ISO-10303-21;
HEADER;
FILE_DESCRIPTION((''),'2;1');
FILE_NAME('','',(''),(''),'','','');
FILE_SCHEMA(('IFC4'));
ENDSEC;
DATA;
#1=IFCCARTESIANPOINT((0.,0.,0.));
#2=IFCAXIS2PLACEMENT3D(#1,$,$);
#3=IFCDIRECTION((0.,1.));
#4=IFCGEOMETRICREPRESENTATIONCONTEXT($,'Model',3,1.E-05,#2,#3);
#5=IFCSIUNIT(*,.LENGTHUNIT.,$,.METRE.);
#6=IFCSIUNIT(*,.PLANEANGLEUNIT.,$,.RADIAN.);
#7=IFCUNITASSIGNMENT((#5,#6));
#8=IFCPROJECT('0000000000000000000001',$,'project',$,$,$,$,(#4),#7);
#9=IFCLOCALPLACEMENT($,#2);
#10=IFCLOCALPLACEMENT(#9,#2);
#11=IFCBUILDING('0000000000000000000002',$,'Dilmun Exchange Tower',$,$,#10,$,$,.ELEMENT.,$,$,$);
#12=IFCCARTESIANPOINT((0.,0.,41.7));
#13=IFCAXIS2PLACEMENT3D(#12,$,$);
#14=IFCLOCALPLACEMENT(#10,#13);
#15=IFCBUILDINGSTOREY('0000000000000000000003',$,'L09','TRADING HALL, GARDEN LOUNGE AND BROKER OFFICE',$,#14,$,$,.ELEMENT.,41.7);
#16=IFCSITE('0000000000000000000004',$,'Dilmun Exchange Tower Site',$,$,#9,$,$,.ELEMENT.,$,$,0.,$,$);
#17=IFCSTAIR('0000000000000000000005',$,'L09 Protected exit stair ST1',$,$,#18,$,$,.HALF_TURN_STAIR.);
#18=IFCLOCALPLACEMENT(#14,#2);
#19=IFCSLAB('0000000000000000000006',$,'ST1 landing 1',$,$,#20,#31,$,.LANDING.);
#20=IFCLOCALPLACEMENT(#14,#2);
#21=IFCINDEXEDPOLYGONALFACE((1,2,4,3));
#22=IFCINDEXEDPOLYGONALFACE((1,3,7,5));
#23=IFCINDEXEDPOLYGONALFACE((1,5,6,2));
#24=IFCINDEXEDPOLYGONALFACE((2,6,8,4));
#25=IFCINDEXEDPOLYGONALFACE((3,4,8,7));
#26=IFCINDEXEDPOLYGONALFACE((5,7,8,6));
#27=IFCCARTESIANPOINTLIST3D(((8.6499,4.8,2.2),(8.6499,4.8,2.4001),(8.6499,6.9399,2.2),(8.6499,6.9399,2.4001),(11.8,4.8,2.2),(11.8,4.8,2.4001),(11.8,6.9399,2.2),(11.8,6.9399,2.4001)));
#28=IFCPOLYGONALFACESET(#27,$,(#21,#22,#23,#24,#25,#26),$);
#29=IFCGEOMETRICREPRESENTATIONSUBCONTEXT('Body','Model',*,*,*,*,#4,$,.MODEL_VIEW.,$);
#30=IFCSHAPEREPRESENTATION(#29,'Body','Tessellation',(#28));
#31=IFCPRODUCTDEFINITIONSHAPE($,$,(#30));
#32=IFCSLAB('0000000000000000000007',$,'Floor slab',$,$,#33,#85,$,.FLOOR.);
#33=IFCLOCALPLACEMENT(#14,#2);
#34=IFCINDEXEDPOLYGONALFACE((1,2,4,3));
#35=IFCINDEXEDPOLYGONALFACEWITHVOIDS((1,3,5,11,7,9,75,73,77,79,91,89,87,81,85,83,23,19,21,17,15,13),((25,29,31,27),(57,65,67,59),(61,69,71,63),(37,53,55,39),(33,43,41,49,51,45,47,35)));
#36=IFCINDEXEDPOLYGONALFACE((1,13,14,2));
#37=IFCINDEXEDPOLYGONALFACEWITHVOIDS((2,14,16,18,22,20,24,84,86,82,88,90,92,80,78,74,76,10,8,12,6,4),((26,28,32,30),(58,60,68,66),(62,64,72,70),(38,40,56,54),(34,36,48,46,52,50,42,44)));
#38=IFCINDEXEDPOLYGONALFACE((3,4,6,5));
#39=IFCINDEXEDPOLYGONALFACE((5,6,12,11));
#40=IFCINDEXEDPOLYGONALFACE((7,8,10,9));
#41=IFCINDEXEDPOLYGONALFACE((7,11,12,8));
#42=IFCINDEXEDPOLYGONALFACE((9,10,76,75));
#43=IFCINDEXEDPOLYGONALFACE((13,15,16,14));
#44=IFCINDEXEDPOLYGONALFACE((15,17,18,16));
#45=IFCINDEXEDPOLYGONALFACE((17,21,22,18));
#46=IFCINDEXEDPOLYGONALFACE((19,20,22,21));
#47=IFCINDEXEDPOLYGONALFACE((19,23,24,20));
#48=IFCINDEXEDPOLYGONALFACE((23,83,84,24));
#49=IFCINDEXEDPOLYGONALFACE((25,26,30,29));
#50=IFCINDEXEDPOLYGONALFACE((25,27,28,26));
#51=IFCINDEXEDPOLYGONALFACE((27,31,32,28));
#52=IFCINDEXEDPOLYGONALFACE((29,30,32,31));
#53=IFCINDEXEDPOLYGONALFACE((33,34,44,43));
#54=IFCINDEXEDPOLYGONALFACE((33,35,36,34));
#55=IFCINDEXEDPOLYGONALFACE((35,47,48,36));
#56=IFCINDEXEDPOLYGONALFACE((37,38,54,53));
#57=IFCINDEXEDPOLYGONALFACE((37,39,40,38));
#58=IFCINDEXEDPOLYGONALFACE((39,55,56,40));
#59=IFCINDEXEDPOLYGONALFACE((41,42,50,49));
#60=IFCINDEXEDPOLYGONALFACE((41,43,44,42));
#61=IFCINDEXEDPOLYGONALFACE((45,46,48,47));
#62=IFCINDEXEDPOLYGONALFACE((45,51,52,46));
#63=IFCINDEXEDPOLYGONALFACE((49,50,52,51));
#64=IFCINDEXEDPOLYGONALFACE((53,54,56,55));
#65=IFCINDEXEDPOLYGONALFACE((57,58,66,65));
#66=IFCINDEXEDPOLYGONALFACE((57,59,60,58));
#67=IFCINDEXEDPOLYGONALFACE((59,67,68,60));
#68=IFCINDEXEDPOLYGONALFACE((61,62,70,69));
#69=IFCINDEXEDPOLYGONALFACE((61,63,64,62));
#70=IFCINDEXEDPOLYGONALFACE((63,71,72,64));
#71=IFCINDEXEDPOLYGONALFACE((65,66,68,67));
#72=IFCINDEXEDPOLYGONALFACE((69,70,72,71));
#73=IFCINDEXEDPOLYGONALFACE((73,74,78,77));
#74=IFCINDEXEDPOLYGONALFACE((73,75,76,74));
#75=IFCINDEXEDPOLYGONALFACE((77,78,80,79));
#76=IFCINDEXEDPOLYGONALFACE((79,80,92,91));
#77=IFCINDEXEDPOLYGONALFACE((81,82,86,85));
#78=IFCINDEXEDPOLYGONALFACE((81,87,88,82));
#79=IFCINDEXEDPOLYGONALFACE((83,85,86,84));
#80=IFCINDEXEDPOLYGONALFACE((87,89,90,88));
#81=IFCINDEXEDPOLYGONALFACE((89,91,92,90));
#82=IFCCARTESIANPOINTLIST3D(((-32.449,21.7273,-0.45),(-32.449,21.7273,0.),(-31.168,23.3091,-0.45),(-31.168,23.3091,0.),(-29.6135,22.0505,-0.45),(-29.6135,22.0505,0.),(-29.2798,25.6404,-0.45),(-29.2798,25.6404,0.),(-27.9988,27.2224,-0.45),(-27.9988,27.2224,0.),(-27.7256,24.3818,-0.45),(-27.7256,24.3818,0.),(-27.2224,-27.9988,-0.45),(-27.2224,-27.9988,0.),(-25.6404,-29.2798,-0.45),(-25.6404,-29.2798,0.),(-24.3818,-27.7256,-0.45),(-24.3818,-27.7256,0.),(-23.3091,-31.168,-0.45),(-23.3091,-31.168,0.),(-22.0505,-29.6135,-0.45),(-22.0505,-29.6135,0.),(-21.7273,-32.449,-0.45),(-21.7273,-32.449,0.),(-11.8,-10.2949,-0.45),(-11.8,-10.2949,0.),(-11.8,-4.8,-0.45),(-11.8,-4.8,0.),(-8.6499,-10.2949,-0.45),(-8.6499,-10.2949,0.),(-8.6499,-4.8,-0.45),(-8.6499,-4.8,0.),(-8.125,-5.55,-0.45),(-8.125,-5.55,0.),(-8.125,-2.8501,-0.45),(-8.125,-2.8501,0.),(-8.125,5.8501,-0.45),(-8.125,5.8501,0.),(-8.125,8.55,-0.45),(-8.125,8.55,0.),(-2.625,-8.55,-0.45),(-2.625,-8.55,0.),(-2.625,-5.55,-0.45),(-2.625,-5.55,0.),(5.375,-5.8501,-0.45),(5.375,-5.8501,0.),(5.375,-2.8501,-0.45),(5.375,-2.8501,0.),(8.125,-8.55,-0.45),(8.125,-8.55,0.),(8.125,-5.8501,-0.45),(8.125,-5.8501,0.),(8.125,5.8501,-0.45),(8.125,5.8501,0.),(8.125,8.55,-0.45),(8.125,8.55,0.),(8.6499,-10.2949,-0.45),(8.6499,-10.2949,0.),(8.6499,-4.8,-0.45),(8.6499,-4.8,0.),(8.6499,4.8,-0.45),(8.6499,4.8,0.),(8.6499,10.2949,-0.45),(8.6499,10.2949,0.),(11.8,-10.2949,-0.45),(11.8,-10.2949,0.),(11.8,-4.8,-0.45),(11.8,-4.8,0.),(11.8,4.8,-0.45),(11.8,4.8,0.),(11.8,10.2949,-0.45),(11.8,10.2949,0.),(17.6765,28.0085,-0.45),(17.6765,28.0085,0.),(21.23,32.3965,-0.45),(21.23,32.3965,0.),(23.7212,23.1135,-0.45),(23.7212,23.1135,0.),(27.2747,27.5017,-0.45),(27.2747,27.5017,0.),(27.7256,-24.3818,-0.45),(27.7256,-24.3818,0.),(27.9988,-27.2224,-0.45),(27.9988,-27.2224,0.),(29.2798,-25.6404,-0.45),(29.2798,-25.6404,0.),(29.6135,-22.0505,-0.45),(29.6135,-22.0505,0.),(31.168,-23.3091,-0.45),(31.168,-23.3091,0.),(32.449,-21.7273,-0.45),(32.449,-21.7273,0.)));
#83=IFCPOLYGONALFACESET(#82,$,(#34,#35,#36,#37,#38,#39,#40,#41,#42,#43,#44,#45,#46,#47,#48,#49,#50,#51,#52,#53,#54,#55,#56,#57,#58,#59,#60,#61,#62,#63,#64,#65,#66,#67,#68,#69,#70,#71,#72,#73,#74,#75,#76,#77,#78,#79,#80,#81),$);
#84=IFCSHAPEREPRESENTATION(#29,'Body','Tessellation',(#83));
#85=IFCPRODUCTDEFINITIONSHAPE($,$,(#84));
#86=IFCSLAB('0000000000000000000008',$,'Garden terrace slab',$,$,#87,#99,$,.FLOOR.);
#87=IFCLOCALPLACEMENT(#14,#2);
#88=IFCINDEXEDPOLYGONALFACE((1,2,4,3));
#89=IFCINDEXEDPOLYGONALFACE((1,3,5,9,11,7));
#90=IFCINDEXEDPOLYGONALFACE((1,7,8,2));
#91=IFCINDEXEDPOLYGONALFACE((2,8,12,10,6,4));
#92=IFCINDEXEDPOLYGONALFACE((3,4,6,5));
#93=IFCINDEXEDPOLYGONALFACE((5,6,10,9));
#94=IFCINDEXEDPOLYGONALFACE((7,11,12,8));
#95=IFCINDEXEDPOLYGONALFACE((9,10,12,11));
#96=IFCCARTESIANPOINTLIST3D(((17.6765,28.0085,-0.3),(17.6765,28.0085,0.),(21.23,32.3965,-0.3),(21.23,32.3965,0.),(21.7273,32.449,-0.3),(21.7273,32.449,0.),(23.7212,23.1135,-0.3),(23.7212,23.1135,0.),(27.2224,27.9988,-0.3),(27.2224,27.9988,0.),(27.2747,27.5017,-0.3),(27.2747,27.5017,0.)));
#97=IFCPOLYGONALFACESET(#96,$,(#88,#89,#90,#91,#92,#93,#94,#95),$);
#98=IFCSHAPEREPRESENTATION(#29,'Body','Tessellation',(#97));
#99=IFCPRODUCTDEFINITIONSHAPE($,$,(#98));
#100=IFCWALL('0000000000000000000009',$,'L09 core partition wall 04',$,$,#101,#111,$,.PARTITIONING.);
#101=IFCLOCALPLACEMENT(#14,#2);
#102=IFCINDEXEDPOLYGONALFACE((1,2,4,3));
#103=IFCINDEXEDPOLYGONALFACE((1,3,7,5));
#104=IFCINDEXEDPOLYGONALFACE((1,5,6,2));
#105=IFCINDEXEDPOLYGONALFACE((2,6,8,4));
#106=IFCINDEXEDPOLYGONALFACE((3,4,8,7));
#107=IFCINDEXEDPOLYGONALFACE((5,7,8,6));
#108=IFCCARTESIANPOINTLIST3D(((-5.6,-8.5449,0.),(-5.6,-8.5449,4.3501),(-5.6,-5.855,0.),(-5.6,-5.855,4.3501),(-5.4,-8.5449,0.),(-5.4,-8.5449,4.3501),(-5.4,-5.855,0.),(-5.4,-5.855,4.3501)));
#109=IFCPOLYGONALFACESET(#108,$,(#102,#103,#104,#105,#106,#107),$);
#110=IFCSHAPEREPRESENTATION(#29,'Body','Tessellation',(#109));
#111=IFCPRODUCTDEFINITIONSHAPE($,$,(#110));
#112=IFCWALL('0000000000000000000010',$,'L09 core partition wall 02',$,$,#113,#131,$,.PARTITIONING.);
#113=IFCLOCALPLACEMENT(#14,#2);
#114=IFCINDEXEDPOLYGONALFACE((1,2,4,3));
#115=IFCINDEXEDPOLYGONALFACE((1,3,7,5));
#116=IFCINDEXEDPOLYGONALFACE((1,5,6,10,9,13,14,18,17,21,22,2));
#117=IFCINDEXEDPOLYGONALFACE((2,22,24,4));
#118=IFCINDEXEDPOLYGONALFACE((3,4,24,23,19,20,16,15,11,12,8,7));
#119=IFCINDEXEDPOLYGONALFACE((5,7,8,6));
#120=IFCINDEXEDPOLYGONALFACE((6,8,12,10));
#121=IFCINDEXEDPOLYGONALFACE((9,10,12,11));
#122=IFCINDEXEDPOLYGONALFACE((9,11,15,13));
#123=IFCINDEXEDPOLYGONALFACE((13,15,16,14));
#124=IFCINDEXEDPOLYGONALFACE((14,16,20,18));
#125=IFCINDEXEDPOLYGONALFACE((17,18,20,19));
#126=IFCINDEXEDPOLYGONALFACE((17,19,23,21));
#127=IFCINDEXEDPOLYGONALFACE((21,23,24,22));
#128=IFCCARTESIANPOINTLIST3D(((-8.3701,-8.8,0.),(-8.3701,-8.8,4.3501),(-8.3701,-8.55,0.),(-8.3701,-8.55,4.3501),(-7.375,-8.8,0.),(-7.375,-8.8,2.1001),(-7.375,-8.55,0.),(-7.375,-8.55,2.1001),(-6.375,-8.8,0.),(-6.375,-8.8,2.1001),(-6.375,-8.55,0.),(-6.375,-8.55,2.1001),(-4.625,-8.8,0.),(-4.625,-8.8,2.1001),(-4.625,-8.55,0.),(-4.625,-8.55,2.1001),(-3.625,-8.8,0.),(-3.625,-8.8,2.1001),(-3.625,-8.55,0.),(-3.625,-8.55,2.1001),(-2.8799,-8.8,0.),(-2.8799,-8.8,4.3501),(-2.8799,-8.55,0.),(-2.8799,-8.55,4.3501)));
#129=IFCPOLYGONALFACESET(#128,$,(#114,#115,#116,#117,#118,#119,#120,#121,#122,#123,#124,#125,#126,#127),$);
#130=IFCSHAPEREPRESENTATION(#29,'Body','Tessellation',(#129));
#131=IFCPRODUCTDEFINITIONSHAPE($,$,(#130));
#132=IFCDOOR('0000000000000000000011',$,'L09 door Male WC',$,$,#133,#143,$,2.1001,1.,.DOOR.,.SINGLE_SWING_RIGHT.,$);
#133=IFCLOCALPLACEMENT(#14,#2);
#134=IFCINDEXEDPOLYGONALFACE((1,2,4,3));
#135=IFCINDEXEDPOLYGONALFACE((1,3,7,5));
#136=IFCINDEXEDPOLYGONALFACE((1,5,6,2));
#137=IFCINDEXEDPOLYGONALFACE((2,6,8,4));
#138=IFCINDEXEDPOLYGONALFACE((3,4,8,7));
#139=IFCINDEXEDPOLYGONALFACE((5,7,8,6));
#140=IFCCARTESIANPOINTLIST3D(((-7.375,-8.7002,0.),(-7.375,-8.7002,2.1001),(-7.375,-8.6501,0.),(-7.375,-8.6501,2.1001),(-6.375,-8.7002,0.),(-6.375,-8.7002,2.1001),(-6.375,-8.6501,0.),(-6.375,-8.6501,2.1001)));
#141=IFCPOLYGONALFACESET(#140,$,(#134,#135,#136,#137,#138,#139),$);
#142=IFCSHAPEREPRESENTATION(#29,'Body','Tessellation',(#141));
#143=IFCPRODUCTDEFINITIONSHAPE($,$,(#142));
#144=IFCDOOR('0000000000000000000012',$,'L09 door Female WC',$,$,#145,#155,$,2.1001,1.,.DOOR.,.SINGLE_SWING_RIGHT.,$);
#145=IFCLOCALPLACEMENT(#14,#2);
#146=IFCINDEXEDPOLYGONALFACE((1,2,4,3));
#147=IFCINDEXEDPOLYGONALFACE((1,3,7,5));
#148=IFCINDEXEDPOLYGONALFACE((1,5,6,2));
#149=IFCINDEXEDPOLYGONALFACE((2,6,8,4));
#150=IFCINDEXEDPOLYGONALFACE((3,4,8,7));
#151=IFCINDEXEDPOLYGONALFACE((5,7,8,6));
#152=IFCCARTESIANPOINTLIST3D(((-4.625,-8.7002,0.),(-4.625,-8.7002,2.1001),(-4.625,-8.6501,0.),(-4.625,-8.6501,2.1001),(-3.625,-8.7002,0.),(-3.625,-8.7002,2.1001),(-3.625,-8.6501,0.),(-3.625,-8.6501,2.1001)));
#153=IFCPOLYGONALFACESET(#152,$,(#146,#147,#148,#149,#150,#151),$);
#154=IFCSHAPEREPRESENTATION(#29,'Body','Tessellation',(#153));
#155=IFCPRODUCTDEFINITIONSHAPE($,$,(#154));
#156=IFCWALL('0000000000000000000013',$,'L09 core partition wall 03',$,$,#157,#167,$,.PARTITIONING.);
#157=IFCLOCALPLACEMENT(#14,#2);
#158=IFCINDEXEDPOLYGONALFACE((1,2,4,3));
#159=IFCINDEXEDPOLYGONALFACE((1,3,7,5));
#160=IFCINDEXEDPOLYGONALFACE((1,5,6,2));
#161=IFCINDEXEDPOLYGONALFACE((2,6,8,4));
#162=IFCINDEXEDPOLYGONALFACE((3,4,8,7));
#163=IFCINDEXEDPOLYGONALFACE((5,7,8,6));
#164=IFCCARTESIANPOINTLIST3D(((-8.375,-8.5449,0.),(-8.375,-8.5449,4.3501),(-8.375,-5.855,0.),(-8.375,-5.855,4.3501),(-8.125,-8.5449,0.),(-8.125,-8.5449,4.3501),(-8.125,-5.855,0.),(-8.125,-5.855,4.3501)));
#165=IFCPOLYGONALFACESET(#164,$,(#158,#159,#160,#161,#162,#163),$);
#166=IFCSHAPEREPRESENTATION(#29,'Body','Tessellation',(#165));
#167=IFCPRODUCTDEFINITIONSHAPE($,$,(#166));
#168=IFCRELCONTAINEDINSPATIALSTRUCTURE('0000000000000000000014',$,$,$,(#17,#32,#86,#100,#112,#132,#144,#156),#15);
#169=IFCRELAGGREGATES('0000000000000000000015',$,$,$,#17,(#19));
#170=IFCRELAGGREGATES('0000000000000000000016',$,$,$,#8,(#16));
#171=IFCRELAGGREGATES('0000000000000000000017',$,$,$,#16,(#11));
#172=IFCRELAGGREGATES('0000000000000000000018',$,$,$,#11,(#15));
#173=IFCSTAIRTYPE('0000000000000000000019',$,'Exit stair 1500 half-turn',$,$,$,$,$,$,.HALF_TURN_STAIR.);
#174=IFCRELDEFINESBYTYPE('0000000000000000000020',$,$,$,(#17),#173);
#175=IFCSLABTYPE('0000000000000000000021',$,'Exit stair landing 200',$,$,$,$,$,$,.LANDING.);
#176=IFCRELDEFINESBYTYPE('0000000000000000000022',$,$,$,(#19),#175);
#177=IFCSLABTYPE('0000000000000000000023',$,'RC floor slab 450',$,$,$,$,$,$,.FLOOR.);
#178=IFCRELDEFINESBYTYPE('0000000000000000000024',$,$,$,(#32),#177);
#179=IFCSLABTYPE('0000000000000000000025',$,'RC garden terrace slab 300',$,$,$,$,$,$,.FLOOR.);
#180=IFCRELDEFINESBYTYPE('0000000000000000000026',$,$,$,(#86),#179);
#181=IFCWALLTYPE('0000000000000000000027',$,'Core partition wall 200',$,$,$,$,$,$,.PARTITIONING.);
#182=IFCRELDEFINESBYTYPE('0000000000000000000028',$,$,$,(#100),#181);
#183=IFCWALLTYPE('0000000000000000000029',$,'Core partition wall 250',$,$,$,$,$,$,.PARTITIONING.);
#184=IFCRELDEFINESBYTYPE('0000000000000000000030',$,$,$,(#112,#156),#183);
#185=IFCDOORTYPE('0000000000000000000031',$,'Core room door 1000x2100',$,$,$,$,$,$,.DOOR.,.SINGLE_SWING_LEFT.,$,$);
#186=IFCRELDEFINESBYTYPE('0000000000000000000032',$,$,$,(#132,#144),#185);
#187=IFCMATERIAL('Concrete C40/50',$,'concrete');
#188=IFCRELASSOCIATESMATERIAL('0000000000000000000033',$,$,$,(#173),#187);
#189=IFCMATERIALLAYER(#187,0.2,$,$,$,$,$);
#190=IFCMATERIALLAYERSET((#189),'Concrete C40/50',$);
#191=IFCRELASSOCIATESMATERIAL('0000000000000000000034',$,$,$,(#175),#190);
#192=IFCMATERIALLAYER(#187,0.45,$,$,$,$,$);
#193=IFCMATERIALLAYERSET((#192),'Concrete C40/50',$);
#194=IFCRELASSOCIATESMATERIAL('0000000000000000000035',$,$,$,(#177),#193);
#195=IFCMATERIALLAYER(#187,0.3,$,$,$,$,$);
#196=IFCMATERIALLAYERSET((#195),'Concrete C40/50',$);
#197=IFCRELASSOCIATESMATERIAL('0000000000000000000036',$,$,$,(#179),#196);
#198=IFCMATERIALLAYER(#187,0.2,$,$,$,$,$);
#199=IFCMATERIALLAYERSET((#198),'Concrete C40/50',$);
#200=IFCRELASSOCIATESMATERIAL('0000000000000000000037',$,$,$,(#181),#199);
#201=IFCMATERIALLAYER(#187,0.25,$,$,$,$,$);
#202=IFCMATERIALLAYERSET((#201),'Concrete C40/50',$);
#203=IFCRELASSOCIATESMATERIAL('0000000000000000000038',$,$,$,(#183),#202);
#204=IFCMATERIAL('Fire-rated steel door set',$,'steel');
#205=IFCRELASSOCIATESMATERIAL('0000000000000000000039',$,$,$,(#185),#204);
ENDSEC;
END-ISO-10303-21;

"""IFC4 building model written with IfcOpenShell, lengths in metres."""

from ifc_helpers import new_model, si_unit, direction, frame, frame_2d, origin, place, context, subcontext, project, spatial, polyline, rectangle, outline, extrude, material, layer, layer_set, type_object, element, fill, aggregate, save


model = new_model("IFC4")

# Units and contexts
model_context = context("Model", 3, precision=1e-05, world=origin(), true_north=direction((0.0, 1.0)))
body_context = subcontext(model_context, "Body", "Model", "MODEL_VIEW")
ifc_project = project(units=[si_unit("LENGTHUNIT", "METRE"), si_unit("PLANEANGLEUNIT", "RADIAN")], contexts=[model_context])

# Site, building, storey
site_placement = place(None, origin())
site = spatial("IfcSite", under=ifc_project, at=site_placement, Name="Dilmun Exchange Tower Site", CompositionType="ELEMENT", RefElevation=0.0)
building_placement = place(site_placement, origin())
building = spatial("IfcBuilding", under=site, at=building_placement, Name="Dilmun Exchange Tower", CompositionType="ELEMENT")
storey_placement = place(building_placement, frame((0.0, 0.0, 41.7)))
storey = spatial("IfcBuildingStorey", under=building, at=storey_placement, Name="L09", Description="TRADING HALL, GARDEN LOUNGE AND BROKER OFFICE", CompositionType="ELEMENT", Elevation=41.7)

# Stair, slab
ifc_material_1 = material(Name="Concrete C40/50", Category="concrete")
stair_type = type_object("IfcStairType", Name="Exit stair 1500 half-turn", PredefinedType="HALF_TURN_STAIR", material=ifc_material_1)
stair_placement = place(storey_placement, origin())
stair = element("IfcStair", 1, at=stair_placement, inside=storey, type_object=stair_type, Name="L09 Protected exit stair ST1", PredefinedType="HALF_TURN_STAIR")
ifc_layer_1 = layer(ifc_material_1, 0.2)
ifc_layer_set_1 = layer_set([ifc_layer_1], Name="Concrete C40/50")
slab_type_1 = type_object("IfcSlabType", Name="Exit stair landing 200", PredefinedType="LANDING", material=ifc_layer_set_1)
slab_1_placement = place(storey_placement, frame((0.0, 0.0, 2.2)))
slab_1 = element("IfcSlab", 2, at=slab_1_placement, type_object=slab_type_1, Name="ST1 landing 1", PredefinedType="LANDING", context=body_context, shape_type="SweptSolid", body=[
    extrude(outline(polyline([(8.6499, 6.9399), (8.6499, 4.8), (11.8, 4.8), (11.8, 6.9399), (8.6499, 6.9399)])), origin(), (0.0, 0.0, 1.0), 0.2002),
])
aggregate(stair, [slab_1])

# Slabs
ifc_layer_2 = layer(ifc_material_1, 0.45)
ifc_layer_set_2 = layer_set([ifc_layer_2], Name="Concrete C40/50")
slab_type_2 = type_object("IfcSlabType", Name="RC floor slab 450", PredefinedType="FLOOR", material=ifc_layer_set_2)
slab_2_placement = place(storey_placement, frame((0.0, 0.0, -0.45)))
element("IfcSlab", 3, at=slab_2_placement, inside=storey, type_object=slab_type_2, Name="Floor slab", PredefinedType="FLOOR", context=body_context, shape_type="SweptSolid", body=[
    extrude(outline(polyline([(31.168, -23.3091), (29.6135, -22.0505), (27.7256, -24.3818), (29.2798, -25.6404), (27.9988, -27.2224), (-21.7273, -32.449), (-23.3091, -31.168), (-22.0505, -29.6135), (-24.3818, -27.7256), (-25.6404, -29.2798), (-27.2224, -27.9988), (-32.449, 21.7273), (-31.168, 23.3091), (-29.6135, 22.0505), (-27.7256, 24.3818), (-29.2798, 25.6404), (-27.9988, 27.2224), (21.23, 32.3965), (17.6765, 28.0085), (23.7212, 23.1135), (27.2747, 27.5017), (32.449, -21.7273), (31.168, -23.3091)]), holes=[polyline([(-8.6499, -4.8), (-11.8, -4.8), (-11.8, -10.2949), (-8.6499, -10.2949), (-8.6499, -4.8)]), polyline([(11.8, -4.8), (8.6499, -4.8), (8.6499, -10.2949), (11.8, -10.2949), (11.8, -4.8)]), polyline([(-8.125, -2.8501), (-8.125, -5.55), (-2.625, -5.55), (-2.625, -8.55), (8.125, -8.55), (8.125, -5.8501), (5.375, -5.8501), (5.375, -2.8501), (-8.125, -2.8501)]), polyline([(-8.125, 5.8501), (8.125, 5.8501), (8.125, 8.55), (-8.125, 8.55), (-8.125, 5.8501)]), polyline([(8.6499, 10.2949), (8.6499, 4.8), (11.8, 4.8), (11.8, 10.2949), (8.6499, 10.2949)])]), origin(), (0.0, 0.0, 1.0), 0.45),
])
ifc_layer_3 = layer(ifc_material_1, 0.3)
ifc_layer_set_3 = layer_set([ifc_layer_3], Name="Concrete C40/50")
slab_type_3 = type_object("IfcSlabType", Name="RC garden terrace slab 300", PredefinedType="FLOOR", material=ifc_layer_set_3)
slab_3_placement = place(storey_placement, frame((0.0, 0.0, -0.3)))
element("IfcSlab", 4, at=slab_3_placement, inside=storey, type_object=slab_type_3, Name="Garden terrace slab", PredefinedType="FLOOR", context=body_context, shape_type="SweptSolid", body=[
    extrude(outline(polyline([(17.6765, 28.0085), (21.23, 32.3965), (21.7273, 32.449), (27.2224, 27.9988), (27.2747, 27.5017), (23.7212, 23.1135), (17.6765, 28.0085)])), origin(), (0.0, 0.0, 1.0), 0.3),
])

# Wall
ifc_layer_4 = layer(ifc_material_1, 0.2)
ifc_layer_set_4 = layer_set([ifc_layer_4], Name="Concrete C40/50")
wall_type_1 = type_object("IfcWallType", Name="Core partition wall 200", PredefinedType="PARTITIONING", material=ifc_layer_set_4)
wall_1_placement = place(storey_placement, frame((-5.5, -8.5449, 0.0), z_axis=(0.0, 0.0, 1.0), x_axis=(0.0, 1.0, 0.0)))
element("IfcWall", 5, at=wall_1_placement, inside=storey, type_object=wall_type_1, Name="L09 core partition wall 04", PredefinedType="PARTITIONING", context=body_context, shape_type="SweptSolid", body=[
    extrude(rectangle(XDim=2.6899, YDim=0.2, at=frame_2d((1.345, 0.0))), origin(), (0.0, 0.0, 1.0), 4.3501),
])

# Wall, openings, doors
ifc_layer_5 = layer(ifc_material_1, 0.25)
ifc_layer_set_5 = layer_set([ifc_layer_5], Name="Concrete C40/50")
wall_type_2 = type_object("IfcWallType", Name="Core partition wall 250", PredefinedType="PARTITIONING", material=ifc_layer_set_5)
wall_2_placement = place(storey_placement, frame((-8.3701, -8.675, 0.0), z_axis=(0.0, 0.0, 1.0), x_axis=(1.0, 0.0, 0.0)))
wall_2 = element("IfcWall", 6, at=wall_2_placement, inside=storey, type_object=wall_type_2, Name="L09 core partition wall 02", PredefinedType="PARTITIONING", context=body_context, shape_type="SweptSolid", body=[
    extrude(rectangle(XDim=5.4902, YDim=0.25, at=frame_2d((2.7451, 0.0))), origin(), (0.0, 0.0, 1.0), 4.3501),
])
opening_1_placement = place(wall_2_placement, frame((0.9951, 0.0, 0.0)))
opening_1 = element("IfcOpeningElement", 7, at=opening_1_placement, cuts=wall_2, PredefinedType="OPENING", context=body_context, shape_type="SweptSolid", body=[
    extrude(rectangle(XDim=1.0, YDim=2.1001, at=frame_2d((0.5, 1.05))), frame((0.0, 0.135, 0.0), z_axis=(0.0, -1.0, 0.0), x_axis=(1.0, 0.0, 0.0)), (0.0, 0.0, 1.0), 0.27),
])
opening_2_placement = place(wall_2_placement, frame((3.7451, 0.0, 0.0)))
opening_2 = element("IfcOpeningElement", 8, at=opening_2_placement, cuts=wall_2, PredefinedType="OPENING", context=body_context, shape_type="SweptSolid", body=[
    extrude(rectangle(XDim=1.0, YDim=2.1001, at=frame_2d((0.5, 1.05))), frame((0.0, 0.135, 0.0), z_axis=(0.0, -1.0, 0.0), x_axis=(1.0, 0.0, 0.0)), (0.0, 0.0, 1.0), 0.27),
])
ifc_material_2 = material(Name="Fire-rated steel door set", Category="steel")
door_type_1 = type_object("IfcDoorType", Name="Core room door 1000x2100", OperationType="SINGLE_SWING_LEFT", PredefinedType="DOOR", material=ifc_material_2)
door_1_placement = place(opening_1_placement, origin())
door_1 = element("IfcDoor", 9, at=door_1_placement, inside=storey, type_object=door_type_1, Name="L09 door Male WC", OperationType="SINGLE_SWING_RIGHT", OverallHeight=2.1001, OverallWidth=1.0, PredefinedType="DOOR", context=body_context, shape_type="SweptSolid", body=[
    extrude(rectangle(XDim=1.0, YDim=2.1001, at=frame_2d((0.5, 1.05))), frame((0.0, 0.0249, 0.0), z_axis=(0.0, -1.0, 0.0), x_axis=(1.0, 0.0, 0.0)), (0.0, 0.0, 1.0), 0.05),
])
fill(opening_1, door_1)
door_2_placement = place(opening_2_placement, origin())
door_2 = element("IfcDoor", 10, at=door_2_placement, inside=storey, type_object=door_type_1, Name="L09 door Female WC", OperationType="SINGLE_SWING_RIGHT", OverallHeight=2.1001, OverallWidth=1.0, PredefinedType="DOOR", context=body_context, shape_type="SweptSolid", body=[
    extrude(rectangle(XDim=1.0, YDim=2.1001, at=frame_2d((0.5, 1.05))), frame((0.0, 0.0249, 0.0), z_axis=(0.0, -1.0, 0.0), x_axis=(1.0, 0.0, 0.0)), (0.0, 0.0, 1.0), 0.05),
])
fill(opening_2, door_2)

# Wall
wall_3_placement = place(storey_placement, frame((-8.25, -8.5449, 0.0), z_axis=(0.0, 0.0, 1.0), x_axis=(0.0, 1.0, 0.0)))
element("IfcWall", 11, at=wall_3_placement, inside=storey, type_object=wall_type_2, Name="L09 core partition wall 03", PredefinedType="PARTITIONING", context=body_context, shape_type="SweptSolid", body=[
    extrude(rectangle(XDim=2.6899, YDim=0.25, at=frame_2d((1.345, 0.0))), origin(), (0.0, 0.0, 1.0), 4.3501),
])

save(model, "model.ifc")
